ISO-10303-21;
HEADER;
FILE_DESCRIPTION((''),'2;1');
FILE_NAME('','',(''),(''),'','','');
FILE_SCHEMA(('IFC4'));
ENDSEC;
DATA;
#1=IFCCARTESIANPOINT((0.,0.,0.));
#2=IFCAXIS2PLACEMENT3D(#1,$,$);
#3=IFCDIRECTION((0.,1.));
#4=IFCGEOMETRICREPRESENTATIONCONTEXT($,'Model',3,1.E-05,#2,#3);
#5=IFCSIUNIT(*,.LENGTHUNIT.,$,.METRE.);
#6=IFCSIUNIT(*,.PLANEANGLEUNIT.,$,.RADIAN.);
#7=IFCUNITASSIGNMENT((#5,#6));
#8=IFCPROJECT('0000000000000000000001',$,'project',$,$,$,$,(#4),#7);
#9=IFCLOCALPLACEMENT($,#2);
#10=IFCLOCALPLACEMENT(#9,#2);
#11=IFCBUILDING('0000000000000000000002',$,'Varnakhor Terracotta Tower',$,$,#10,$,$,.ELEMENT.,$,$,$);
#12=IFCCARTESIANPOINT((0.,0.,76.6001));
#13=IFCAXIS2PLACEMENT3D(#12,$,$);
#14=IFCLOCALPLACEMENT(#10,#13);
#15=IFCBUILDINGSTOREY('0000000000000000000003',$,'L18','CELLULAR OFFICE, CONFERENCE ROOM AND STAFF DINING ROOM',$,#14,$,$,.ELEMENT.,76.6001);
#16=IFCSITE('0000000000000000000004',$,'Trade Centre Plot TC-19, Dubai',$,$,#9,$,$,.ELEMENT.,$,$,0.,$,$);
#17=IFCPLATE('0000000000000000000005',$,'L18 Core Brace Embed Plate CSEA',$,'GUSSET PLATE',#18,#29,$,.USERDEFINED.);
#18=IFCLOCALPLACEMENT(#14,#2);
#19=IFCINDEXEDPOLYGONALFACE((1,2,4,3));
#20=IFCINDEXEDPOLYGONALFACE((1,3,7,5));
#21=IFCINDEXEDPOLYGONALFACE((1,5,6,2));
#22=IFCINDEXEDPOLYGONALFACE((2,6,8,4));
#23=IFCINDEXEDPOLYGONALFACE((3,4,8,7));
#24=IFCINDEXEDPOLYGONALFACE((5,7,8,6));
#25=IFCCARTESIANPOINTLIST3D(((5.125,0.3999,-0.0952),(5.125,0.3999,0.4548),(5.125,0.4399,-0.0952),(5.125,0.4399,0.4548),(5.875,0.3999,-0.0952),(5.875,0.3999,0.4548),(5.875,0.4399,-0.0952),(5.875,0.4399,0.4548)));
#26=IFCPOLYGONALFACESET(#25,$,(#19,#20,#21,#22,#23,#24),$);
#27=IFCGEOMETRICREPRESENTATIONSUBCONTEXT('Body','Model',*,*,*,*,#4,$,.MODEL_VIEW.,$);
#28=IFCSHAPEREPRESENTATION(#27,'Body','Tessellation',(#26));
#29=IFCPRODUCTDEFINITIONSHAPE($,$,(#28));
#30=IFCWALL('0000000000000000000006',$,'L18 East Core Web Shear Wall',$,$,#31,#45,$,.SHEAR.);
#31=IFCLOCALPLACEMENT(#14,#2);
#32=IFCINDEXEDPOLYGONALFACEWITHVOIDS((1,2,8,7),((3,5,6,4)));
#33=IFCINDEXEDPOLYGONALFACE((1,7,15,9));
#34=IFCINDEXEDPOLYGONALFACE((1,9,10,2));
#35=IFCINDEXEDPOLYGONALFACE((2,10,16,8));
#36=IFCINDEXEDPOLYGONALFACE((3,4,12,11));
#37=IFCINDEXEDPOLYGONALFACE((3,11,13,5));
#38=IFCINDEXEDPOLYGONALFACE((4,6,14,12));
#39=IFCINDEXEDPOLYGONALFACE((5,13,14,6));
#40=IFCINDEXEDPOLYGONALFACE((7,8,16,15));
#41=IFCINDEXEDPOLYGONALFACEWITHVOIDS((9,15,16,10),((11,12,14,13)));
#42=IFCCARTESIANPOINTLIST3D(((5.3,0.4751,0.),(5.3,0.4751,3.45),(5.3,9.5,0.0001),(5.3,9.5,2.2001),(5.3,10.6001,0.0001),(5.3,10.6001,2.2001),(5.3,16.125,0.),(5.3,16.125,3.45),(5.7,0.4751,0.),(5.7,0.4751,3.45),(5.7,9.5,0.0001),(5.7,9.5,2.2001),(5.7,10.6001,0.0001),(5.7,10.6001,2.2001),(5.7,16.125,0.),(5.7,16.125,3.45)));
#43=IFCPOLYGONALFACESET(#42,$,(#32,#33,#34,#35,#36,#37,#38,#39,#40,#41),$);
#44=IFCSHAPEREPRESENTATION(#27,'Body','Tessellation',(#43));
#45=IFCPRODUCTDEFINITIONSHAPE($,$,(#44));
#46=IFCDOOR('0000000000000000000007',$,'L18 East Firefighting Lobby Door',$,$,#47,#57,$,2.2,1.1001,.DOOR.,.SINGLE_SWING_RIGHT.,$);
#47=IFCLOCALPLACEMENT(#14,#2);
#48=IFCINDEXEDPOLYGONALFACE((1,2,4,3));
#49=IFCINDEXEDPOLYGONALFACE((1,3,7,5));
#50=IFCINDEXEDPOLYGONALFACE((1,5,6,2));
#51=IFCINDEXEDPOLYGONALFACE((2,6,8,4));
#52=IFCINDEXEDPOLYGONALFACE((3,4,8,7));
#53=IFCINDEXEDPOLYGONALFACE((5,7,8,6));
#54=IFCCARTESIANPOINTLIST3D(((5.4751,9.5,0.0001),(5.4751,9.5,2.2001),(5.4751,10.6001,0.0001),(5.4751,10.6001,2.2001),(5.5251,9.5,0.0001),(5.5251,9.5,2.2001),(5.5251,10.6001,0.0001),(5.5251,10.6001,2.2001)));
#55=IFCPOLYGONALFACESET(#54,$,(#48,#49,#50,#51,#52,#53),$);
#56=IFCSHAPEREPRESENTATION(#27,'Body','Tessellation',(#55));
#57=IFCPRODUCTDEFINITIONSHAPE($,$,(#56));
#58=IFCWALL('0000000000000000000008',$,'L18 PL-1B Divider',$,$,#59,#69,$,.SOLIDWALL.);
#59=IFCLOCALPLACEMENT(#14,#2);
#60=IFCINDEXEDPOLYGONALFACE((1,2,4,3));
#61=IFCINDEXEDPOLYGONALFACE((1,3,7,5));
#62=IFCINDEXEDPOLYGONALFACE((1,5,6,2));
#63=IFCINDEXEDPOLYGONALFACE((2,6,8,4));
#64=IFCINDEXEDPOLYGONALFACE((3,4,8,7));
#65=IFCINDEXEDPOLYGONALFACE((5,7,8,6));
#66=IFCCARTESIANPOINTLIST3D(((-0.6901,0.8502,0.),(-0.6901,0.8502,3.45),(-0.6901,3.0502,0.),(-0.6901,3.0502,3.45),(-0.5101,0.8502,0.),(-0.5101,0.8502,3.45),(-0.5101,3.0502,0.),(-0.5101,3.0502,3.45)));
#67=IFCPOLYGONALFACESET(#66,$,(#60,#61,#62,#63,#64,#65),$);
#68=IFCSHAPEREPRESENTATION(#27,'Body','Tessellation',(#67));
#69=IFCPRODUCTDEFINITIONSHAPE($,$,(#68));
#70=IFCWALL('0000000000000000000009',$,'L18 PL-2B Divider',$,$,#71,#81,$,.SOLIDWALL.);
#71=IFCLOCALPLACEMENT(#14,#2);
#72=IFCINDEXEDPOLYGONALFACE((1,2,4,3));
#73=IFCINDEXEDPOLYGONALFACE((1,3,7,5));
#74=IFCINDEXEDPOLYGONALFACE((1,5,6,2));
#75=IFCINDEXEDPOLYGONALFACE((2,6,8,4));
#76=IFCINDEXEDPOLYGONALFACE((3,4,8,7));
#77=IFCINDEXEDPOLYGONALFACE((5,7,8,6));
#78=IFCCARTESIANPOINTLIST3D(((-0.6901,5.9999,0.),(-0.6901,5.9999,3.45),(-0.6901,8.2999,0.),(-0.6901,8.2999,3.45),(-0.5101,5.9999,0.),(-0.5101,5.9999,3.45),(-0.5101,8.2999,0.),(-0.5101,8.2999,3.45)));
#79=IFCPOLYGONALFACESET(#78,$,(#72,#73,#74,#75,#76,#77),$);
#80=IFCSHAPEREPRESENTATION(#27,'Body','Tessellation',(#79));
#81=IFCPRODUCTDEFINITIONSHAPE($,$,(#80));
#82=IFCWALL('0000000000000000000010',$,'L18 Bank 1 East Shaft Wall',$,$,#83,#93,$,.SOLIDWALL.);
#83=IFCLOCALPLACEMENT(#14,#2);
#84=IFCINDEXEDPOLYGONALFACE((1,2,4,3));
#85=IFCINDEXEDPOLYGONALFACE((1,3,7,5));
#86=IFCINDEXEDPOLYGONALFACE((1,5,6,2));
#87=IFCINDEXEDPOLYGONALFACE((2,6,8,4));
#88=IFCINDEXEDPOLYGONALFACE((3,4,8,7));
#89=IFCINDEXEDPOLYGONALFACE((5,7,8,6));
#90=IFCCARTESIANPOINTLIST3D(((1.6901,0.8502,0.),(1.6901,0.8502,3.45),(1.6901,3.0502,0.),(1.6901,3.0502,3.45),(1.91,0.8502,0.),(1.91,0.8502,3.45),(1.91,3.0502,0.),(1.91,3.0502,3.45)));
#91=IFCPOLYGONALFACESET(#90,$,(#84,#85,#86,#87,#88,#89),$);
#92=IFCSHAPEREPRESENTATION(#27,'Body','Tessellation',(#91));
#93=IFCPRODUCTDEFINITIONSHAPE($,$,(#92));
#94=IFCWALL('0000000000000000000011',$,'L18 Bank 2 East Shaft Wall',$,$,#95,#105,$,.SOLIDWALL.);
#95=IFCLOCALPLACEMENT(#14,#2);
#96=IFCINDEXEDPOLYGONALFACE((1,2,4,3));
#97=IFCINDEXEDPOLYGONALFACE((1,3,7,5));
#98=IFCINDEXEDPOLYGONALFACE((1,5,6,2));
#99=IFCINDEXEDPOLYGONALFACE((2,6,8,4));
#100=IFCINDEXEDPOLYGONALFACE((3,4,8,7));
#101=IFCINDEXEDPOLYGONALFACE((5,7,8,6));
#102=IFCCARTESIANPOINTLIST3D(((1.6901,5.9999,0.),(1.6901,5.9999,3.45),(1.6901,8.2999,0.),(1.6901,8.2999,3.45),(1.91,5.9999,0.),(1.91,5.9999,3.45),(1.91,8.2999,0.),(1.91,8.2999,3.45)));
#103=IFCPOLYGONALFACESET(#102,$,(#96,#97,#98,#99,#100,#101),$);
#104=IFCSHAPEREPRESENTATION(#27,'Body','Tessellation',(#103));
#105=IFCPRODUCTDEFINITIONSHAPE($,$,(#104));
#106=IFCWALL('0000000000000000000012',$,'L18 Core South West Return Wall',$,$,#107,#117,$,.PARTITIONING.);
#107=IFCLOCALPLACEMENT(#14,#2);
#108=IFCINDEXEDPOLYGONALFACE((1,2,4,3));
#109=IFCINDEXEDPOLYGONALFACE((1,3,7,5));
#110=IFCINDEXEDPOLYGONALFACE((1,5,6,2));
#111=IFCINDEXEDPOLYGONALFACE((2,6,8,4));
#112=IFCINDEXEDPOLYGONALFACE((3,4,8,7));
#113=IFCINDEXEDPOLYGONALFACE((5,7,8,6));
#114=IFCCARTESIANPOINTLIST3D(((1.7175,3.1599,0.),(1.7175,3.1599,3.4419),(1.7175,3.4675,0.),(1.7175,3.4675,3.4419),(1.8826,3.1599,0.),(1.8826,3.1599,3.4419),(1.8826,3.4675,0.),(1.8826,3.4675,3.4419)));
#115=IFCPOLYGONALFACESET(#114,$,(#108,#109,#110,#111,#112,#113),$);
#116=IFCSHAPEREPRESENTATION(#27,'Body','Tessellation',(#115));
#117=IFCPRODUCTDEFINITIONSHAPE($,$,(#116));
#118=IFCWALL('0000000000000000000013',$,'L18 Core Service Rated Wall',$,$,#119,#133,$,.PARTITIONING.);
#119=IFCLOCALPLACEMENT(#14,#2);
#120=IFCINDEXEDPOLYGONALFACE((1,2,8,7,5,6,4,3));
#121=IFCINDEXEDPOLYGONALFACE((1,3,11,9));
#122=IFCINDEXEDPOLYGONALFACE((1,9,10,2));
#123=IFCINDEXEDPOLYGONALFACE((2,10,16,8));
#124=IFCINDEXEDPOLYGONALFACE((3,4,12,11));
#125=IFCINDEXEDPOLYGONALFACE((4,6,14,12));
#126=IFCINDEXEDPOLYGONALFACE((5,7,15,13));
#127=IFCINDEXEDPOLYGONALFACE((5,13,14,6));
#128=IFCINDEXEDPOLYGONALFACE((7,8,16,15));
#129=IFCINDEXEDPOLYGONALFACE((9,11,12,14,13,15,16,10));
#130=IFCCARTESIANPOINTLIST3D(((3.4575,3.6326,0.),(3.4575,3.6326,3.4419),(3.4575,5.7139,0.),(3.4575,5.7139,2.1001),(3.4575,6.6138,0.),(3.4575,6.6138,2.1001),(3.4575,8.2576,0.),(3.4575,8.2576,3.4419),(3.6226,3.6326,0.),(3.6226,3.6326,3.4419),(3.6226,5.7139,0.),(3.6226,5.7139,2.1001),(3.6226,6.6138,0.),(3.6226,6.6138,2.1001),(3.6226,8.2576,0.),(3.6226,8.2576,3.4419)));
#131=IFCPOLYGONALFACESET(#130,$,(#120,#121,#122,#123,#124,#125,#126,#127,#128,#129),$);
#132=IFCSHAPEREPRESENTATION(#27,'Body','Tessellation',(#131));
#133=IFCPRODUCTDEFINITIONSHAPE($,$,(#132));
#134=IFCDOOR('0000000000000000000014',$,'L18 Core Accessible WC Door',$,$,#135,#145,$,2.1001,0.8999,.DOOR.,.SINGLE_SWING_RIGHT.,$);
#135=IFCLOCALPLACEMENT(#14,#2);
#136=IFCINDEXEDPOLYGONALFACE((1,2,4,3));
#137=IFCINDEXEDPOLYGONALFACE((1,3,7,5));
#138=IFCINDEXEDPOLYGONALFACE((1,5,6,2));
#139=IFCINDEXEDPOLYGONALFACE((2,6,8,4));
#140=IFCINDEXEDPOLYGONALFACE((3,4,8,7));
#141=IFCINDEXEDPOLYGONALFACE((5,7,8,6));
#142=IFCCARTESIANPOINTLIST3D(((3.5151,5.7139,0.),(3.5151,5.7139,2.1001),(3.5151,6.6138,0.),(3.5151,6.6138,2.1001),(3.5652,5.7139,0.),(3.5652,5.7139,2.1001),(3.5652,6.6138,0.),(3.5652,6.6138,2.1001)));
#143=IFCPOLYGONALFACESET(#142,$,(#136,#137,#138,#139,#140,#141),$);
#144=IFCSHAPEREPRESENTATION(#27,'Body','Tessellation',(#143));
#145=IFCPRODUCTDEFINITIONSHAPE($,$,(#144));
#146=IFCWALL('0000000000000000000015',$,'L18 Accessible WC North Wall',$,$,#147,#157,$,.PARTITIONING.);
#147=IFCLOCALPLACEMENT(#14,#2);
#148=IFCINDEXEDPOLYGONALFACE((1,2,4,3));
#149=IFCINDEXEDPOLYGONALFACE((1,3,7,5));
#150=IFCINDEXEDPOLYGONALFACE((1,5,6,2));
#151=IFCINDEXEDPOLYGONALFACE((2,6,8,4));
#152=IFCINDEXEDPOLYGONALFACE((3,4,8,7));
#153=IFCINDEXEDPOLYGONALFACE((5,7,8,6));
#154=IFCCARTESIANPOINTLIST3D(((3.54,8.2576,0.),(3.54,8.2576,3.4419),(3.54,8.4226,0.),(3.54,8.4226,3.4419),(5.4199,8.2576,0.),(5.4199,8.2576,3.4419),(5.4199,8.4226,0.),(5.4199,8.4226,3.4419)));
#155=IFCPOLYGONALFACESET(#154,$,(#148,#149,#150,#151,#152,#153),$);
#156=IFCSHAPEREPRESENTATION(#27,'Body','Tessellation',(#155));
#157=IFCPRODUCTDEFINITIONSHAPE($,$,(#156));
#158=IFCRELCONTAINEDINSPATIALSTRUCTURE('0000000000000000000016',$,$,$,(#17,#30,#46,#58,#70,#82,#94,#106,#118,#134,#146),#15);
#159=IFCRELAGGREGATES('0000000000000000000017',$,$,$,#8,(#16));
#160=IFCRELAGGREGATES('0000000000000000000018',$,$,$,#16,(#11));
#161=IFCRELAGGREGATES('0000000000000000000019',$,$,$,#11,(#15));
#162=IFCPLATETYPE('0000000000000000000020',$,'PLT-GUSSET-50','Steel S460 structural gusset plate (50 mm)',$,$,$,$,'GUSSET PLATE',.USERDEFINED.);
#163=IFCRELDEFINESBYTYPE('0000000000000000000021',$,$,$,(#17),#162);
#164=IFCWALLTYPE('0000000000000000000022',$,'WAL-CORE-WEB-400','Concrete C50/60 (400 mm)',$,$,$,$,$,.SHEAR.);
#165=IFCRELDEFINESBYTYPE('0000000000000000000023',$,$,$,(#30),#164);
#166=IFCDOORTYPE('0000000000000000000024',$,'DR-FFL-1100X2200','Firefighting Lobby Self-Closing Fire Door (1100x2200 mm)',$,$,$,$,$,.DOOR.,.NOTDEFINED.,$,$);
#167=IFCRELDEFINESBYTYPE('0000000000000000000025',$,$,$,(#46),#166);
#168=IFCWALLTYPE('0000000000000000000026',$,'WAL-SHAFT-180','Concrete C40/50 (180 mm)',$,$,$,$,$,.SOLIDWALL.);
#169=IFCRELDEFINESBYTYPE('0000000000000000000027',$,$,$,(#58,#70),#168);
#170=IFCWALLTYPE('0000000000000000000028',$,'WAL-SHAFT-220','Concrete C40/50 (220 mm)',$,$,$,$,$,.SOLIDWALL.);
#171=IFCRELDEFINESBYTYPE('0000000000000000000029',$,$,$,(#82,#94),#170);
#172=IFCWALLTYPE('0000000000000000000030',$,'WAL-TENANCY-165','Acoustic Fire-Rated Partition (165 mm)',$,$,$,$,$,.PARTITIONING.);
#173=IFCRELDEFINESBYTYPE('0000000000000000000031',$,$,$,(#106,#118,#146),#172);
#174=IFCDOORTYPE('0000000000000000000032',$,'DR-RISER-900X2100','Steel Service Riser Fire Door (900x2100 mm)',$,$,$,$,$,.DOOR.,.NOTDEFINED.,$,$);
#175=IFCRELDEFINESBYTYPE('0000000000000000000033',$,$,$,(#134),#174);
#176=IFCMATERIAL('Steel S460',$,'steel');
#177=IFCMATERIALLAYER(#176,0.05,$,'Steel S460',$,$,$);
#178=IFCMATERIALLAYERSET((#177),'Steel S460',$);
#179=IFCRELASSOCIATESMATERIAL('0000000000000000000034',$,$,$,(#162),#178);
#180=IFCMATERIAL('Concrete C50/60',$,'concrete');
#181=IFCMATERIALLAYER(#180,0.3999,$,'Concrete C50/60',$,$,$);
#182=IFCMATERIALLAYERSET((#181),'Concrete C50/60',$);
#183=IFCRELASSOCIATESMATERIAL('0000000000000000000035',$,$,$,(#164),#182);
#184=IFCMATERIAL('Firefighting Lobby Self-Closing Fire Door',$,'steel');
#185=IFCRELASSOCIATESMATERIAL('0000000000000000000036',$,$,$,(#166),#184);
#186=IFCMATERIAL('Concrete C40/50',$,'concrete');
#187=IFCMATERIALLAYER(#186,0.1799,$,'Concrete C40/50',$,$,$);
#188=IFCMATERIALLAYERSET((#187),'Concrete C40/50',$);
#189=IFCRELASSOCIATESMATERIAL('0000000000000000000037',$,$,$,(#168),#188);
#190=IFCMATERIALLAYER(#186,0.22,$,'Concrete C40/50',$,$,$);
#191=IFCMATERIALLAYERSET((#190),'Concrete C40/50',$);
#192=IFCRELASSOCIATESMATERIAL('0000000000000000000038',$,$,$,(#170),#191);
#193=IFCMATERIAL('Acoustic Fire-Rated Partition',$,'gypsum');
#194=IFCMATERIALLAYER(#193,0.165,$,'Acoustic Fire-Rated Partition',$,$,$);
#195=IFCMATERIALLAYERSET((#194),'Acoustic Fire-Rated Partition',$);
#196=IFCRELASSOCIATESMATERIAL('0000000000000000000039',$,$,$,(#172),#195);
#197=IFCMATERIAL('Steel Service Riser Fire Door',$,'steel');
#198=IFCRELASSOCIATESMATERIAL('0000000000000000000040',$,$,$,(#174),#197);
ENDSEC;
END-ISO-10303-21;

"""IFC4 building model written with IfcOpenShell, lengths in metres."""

from ifc_helpers import new_model, si_unit, direction, frame, frame_2d, origin, origin_2d, place, context, subcontext, project, spatial, rectangle, extrude, source, transform, mapped, material, layer, layer_set, type_object, type_shapes, element, fill, save


model = new_model("IFC4")

# Units and contexts
model_context = context("Model", 3, precision=1e-05, world=origin(), true_north=direction((0.0, 1.0)))
body_context = subcontext(model_context, "Body", "Model", "MODEL_VIEW")
ifc_project = project(units=[si_unit("LENGTHUNIT", "METRE"), si_unit("PLANEANGLEUNIT", "RADIAN")], contexts=[model_context])

# Site, building, storey
site_placement = place(None, origin())
site = spatial("IfcSite", under=ifc_project, at=site_placement, Name="Trade Centre Plot TC-19, Dubai", CompositionType="ELEMENT", RefElevation=0.0)
building_placement = place(site_placement, origin())
building = spatial("IfcBuilding", under=site, at=building_placement, Name="Varnakhor Terracotta Tower", CompositionType="ELEMENT")
storey_placement = place(building_placement, frame((0.0, 0.0, 76.6001)))
storey = spatial("IfcBuildingStorey", under=building, at=storey_placement, Name="L18", Description="CELLULAR OFFICE, CONFERENCE ROOM AND STAFF DINING ROOM", CompositionType="ELEMENT", Elevation=76.6001)

# Shared definitions
ifc_material_1 = material(Name="Concrete C50/60", Category="concrete")

# Shared definitions
ifc_material_2 = material(Name="Steel S460", Category="steel")

# Shared definitions
ifc_material_3 = material(Name="Concrete C40/50", Category="concrete")

# Plate
ifc_layer_1 = layer(ifc_material_2, 0.05, Name="Steel S460")
ifc_layer_set_1 = layer_set([ifc_layer_1], Name="Steel S460")
plate_type = type_object("IfcPlateType", Name="PLT-GUSSET-50", Description="Steel S460 structural gusset plate (50 mm)", ElementType="GUSSET PLATE", PredefinedType="USERDEFINED", material=ifc_layer_set_1)
shared_shape_1 = source(origin(), body_context, "Body", "SweptSolid", [
    extrude(rectangle(XDim=0.75, YDim=0.04, at=origin_2d()), origin(), (0.0, 0.0, 1.0), 0.55),
])
type_shapes(plate_type, [shared_shape_1])
plate_placement = place(storey_placement, frame((5.5, 0.4199, -0.0952), z_axis=(0.0, 0.0, 1.0), x_axis=(1.0, 0.0, 0.0)))
element("IfcPlate", 1, at=plate_placement, inside=storey, type_object=plate_type, Name="L18 Core Brace Embed Plate CSEA", ObjectType="GUSSET PLATE", PredefinedType="USERDEFINED", context=body_context, shape_type="MappedRepresentation", body=[
    mapped(shared_shape_1, transform((0.0, 0.0, 0.0), scale=1.0)),
])

# Wall, opening, door
ifc_layer_2 = layer(ifc_material_1, 0.3999, Name="Concrete C50/60")
ifc_layer_set_2 = layer_set([ifc_layer_2], Name="Concrete C50/60")
wall_type_1 = type_object("IfcWallType", Name="WAL-CORE-WEB-400", Description="Concrete C50/60 (400 mm)", PredefinedType="SHEAR", material=ifc_layer_set_2)
wall_1_placement = place(storey_placement, frame((5.5, 0.4751, 0.0), z_axis=(0.0, 0.0, 1.0), x_axis=(0.0, 1.0, 0.0)))
wall_1 = element("IfcWall", 2, at=wall_1_placement, inside=storey, type_object=wall_type_1, Name="L18 East Core Web Shear Wall", PredefinedType="SHEAR", context=body_context, shape_type="SweptSolid", body=[
    extrude(rectangle(XDim=15.6499, YDim=0.3999, at=frame_2d((7.825, 0.0))), origin(), (0.0, 0.0, 1.0), 3.45),
])
opening_1_placement = place(wall_1_placement, frame((9.0249, 0.0, 0.0)))
opening_1 = element("IfcOpeningElement", 3, at=opening_1_placement, cuts=wall_1, PredefinedType="OPENING", context=body_context, shape_type="SweptSolid", body=[
    extrude(rectangle(XDim=1.1001, YDim=2.2, at=frame_2d((0.55, 1.1001))), frame((0.0, 0.21, 0.0), z_axis=(0.0, -1.0, 0.0), x_axis=(1.0, 0.0, 0.0)), (0.0, 0.0, 1.0), 0.4199),
])
ifc_material_4 = material(Name="Firefighting Lobby Self-Closing Fire Door", Category="steel")
door_type_1 = type_object("IfcDoorType", Name="DR-FFL-1100X2200", Description="Firefighting Lobby Self-Closing Fire Door (1100x2200 mm)", OperationType="NOTDEFINED", PredefinedType="DOOR", material=ifc_material_4)
shared_shape_2 = source(origin(), body_context, "Body", "SweptSolid", [
    extrude(rectangle(XDim=1.1001, YDim=2.2, at=frame_2d((0.55, 1.1001))), frame((0.0, 0.0249, 0.0), z_axis=(0.0, -1.0, 0.0), x_axis=(1.0, 0.0, 0.0)), (0.0, 0.0, 1.0), 0.05),
])
type_shapes(door_type_1, [shared_shape_2])
door_1_placement = place(opening_1_placement, origin())
door_1 = element("IfcDoor", 4, at=door_1_placement, inside=storey, type_object=door_type_1, Name="L18 East Firefighting Lobby Door", OperationType="SINGLE_SWING_RIGHT", OverallHeight=2.2, OverallWidth=1.1001, PredefinedType="DOOR", context=body_context, shape_type="MappedRepresentation", body=[
    mapped(shared_shape_2, transform((0.0, 0.0, 0.0), scale=1.0)),
])
fill(opening_1, door_1)

# Walls
ifc_layer_3 = layer(ifc_material_3, 0.1799, Name="Concrete C40/50")
ifc_layer_set_3 = layer_set([ifc_layer_3], Name="Concrete C40/50")
wall_type_2 = type_object("IfcWallType", Name="WAL-SHAFT-180", Description="Concrete C40/50 (180 mm)", PredefinedType="SOLIDWALL", material=ifc_layer_set_3)
wall_2_placement = place(storey_placement, frame((-0.6001, 0.8501, 0.0), z_axis=(0.0, 0.0, 1.0), x_axis=(0.0, 1.0, 0.0)))
element("IfcWall", 5, at=wall_2_placement, inside=storey, type_object=wall_type_2, Name="L18 PL-1B Divider", PredefinedType="SOLIDWALL", context=body_context, shape_type="SweptSolid", body=[
    extrude(rectangle(XDim=2.2, YDim=0.1799, at=frame_2d((1.1001, 0.0))), origin(), (0.0, 0.0, 1.0), 3.45),
])
wall_3_placement = place(storey_placement, frame((-0.6001, 6.0, 0.0), z_axis=(0.0, 0.0, 1.0), x_axis=(0.0, 1.0, 0.0)))
element("IfcWall", 6, at=wall_3_placement, inside=storey, type_object=wall_type_2, Name="L18 PL-2B Divider", PredefinedType="SOLIDWALL", context=body_context, shape_type="SweptSolid", body=[
    extrude(rectangle(XDim=2.3, YDim=0.1799, at=frame_2d((1.1499, 0.0))), origin(), (0.0, 0.0, 1.0), 3.45),
])
ifc_layer_4 = layer(ifc_material_3, 0.22, Name="Concrete C40/50")
ifc_layer_set_4 = layer_set([ifc_layer_4], Name="Concrete C40/50")
wall_type_3 = type_object("IfcWallType", Name="WAL-SHAFT-220", Description="Concrete C40/50 (220 mm)", PredefinedType="SOLIDWALL", material=ifc_layer_set_4)
wall_4_placement = place(storey_placement, frame((1.8, 0.8501, 0.0), z_axis=(0.0, 0.0, 1.0), x_axis=(0.0, 1.0, 0.0)))
element("IfcWall", 7, at=wall_4_placement, inside=storey, type_object=wall_type_3, Name="L18 Bank 1 East Shaft Wall", PredefinedType="SOLIDWALL", context=body_context, shape_type="SweptSolid", body=[
    extrude(rectangle(XDim=2.2, YDim=0.22, at=frame_2d((1.1001, 0.0))), origin(), (0.0, 0.0, 1.0), 3.45),
])
wall_5_placement = place(storey_placement, frame((1.8, 6.0, 0.0), z_axis=(0.0, 0.0, 1.0), x_axis=(0.0, 1.0, 0.0)))
element("IfcWall", 8, at=wall_5_placement, inside=storey, type_object=wall_type_3, Name="L18 Bank 2 East Shaft Wall", PredefinedType="SOLIDWALL", context=body_context, shape_type="SweptSolid", body=[
    extrude(rectangle(XDim=2.3, YDim=0.22, at=frame_2d((1.1499, 0.0))), origin(), (0.0, 0.0, 1.0), 3.45),
])
ifc_material_5 = material(Name="Acoustic Fire-Rated Partition", Category="gypsum")
ifc_layer_5 = layer(ifc_material_5, 0.165, Name="Acoustic Fire-Rated Partition")
ifc_layer_set_5 = layer_set([ifc_layer_5], Name="Acoustic Fire-Rated Partition")
wall_type_4 = type_object("IfcWallType", Name="WAL-TENANCY-165", Description="Acoustic Fire-Rated Partition (165 mm)", PredefinedType="PARTITIONING", material=ifc_layer_set_5)
wall_6_placement = place(storey_placement, frame((1.8, 3.1599, 0.0), z_axis=(0.0, 0.0, 1.0), x_axis=(0.0, 1.0, 0.0)))
element("IfcWall", 9, at=wall_6_placement, inside=storey, type_object=wall_type_4, Name="L18 Core South West Return Wall", PredefinedType="PARTITIONING", context=body_context, shape_type="SweptSolid", body=[
    extrude(rectangle(XDim=0.3076, YDim=0.165, at=frame_2d((0.1538, 0.0))), origin(), (0.0, 0.0, 1.0), 3.4419),
])

# Wall, opening, door
wall_7_placement = place(storey_placement, frame((3.54, 3.6326, 0.0), z_axis=(0.0, 0.0, 1.0), x_axis=(0.0, 1.0, 0.0)))
wall_7 = element("IfcWall", 10, at=wall_7_placement, inside=storey, type_object=wall_type_4, Name="L18 Core Service Rated Wall", PredefinedType="PARTITIONING", context=body_context, shape_type="SweptSolid", body=[
    extrude(rectangle(XDim=4.625, YDim=0.165, at=frame_2d((2.3125, 0.0))), origin(), (0.0, 0.0, 1.0), 3.4419),
])
opening_2_placement = place(wall_7_placement, frame((2.0813, 0.0, 0.0)))
opening_2 = element("IfcOpeningElement", 11, at=opening_2_placement, cuts=wall_7, PredefinedType="OPENING", context=body_context, shape_type="SweptSolid", body=[
    extrude(rectangle(XDim=0.8999, YDim=2.1001, at=frame_2d((0.45, 1.05))), frame((0.0, 0.0925, 0.0), z_axis=(0.0, -1.0, 0.0), x_axis=(1.0, 0.0, 0.0)), (0.0, 0.0, 1.0), 0.1851),
])
ifc_material_6 = material(Name="Steel Service Riser Fire Door", Category="steel")
door_type_2 = type_object("IfcDoorType", Name="DR-RISER-900X2100", Description="Steel Service Riser Fire Door (900x2100 mm)", OperationType="NOTDEFINED", PredefinedType="DOOR", material=ifc_material_6)
shared_shape_3 = source(origin(), body_context, "Body", "SweptSolid", [
    extrude(rectangle(XDim=0.8999, YDim=2.1001, at=frame_2d((0.45, 1.05))), frame((0.0, 0.0249, 0.0), z_axis=(0.0, -1.0, 0.0), x_axis=(1.0, 0.0, 0.0)), (0.0, 0.0, 1.0), 0.05),
])
type_shapes(door_type_2, [shared_shape_3])
door_2_placement = place(opening_2_placement, origin())
door_2 = element("IfcDoor", 12, at=door_2_placement, inside=storey, type_object=door_type_2, Name="L18 Core Accessible WC Door", OperationType="SINGLE_SWING_RIGHT", OverallHeight=2.1001, OverallWidth=0.8999, PredefinedType="DOOR", context=body_context, shape_type="MappedRepresentation", body=[
    mapped(shared_shape_3, transform((0.0, 0.0, 0.0), scale=1.0)),
])
fill(opening_2, door_2)

# Wall
wall_8_placement = place(storey_placement, frame((3.54, 8.3401, 0.0), z_axis=(0.0, 0.0, 1.0), x_axis=(1.0, 0.0, 0.0)))
element("IfcWall", 13, at=wall_8_placement, inside=storey, type_object=wall_type_4, Name="L18 Accessible WC North Wall", PredefinedType="PARTITIONING", context=body_context, shape_type="SweptSolid", body=[
    extrude(rectangle(XDim=1.8799, YDim=0.165, at=frame_2d((0.9399, 0.0))), origin(), (0.0, 0.0, 1.0), 3.4419),
])

save(model, "model.ifc")
